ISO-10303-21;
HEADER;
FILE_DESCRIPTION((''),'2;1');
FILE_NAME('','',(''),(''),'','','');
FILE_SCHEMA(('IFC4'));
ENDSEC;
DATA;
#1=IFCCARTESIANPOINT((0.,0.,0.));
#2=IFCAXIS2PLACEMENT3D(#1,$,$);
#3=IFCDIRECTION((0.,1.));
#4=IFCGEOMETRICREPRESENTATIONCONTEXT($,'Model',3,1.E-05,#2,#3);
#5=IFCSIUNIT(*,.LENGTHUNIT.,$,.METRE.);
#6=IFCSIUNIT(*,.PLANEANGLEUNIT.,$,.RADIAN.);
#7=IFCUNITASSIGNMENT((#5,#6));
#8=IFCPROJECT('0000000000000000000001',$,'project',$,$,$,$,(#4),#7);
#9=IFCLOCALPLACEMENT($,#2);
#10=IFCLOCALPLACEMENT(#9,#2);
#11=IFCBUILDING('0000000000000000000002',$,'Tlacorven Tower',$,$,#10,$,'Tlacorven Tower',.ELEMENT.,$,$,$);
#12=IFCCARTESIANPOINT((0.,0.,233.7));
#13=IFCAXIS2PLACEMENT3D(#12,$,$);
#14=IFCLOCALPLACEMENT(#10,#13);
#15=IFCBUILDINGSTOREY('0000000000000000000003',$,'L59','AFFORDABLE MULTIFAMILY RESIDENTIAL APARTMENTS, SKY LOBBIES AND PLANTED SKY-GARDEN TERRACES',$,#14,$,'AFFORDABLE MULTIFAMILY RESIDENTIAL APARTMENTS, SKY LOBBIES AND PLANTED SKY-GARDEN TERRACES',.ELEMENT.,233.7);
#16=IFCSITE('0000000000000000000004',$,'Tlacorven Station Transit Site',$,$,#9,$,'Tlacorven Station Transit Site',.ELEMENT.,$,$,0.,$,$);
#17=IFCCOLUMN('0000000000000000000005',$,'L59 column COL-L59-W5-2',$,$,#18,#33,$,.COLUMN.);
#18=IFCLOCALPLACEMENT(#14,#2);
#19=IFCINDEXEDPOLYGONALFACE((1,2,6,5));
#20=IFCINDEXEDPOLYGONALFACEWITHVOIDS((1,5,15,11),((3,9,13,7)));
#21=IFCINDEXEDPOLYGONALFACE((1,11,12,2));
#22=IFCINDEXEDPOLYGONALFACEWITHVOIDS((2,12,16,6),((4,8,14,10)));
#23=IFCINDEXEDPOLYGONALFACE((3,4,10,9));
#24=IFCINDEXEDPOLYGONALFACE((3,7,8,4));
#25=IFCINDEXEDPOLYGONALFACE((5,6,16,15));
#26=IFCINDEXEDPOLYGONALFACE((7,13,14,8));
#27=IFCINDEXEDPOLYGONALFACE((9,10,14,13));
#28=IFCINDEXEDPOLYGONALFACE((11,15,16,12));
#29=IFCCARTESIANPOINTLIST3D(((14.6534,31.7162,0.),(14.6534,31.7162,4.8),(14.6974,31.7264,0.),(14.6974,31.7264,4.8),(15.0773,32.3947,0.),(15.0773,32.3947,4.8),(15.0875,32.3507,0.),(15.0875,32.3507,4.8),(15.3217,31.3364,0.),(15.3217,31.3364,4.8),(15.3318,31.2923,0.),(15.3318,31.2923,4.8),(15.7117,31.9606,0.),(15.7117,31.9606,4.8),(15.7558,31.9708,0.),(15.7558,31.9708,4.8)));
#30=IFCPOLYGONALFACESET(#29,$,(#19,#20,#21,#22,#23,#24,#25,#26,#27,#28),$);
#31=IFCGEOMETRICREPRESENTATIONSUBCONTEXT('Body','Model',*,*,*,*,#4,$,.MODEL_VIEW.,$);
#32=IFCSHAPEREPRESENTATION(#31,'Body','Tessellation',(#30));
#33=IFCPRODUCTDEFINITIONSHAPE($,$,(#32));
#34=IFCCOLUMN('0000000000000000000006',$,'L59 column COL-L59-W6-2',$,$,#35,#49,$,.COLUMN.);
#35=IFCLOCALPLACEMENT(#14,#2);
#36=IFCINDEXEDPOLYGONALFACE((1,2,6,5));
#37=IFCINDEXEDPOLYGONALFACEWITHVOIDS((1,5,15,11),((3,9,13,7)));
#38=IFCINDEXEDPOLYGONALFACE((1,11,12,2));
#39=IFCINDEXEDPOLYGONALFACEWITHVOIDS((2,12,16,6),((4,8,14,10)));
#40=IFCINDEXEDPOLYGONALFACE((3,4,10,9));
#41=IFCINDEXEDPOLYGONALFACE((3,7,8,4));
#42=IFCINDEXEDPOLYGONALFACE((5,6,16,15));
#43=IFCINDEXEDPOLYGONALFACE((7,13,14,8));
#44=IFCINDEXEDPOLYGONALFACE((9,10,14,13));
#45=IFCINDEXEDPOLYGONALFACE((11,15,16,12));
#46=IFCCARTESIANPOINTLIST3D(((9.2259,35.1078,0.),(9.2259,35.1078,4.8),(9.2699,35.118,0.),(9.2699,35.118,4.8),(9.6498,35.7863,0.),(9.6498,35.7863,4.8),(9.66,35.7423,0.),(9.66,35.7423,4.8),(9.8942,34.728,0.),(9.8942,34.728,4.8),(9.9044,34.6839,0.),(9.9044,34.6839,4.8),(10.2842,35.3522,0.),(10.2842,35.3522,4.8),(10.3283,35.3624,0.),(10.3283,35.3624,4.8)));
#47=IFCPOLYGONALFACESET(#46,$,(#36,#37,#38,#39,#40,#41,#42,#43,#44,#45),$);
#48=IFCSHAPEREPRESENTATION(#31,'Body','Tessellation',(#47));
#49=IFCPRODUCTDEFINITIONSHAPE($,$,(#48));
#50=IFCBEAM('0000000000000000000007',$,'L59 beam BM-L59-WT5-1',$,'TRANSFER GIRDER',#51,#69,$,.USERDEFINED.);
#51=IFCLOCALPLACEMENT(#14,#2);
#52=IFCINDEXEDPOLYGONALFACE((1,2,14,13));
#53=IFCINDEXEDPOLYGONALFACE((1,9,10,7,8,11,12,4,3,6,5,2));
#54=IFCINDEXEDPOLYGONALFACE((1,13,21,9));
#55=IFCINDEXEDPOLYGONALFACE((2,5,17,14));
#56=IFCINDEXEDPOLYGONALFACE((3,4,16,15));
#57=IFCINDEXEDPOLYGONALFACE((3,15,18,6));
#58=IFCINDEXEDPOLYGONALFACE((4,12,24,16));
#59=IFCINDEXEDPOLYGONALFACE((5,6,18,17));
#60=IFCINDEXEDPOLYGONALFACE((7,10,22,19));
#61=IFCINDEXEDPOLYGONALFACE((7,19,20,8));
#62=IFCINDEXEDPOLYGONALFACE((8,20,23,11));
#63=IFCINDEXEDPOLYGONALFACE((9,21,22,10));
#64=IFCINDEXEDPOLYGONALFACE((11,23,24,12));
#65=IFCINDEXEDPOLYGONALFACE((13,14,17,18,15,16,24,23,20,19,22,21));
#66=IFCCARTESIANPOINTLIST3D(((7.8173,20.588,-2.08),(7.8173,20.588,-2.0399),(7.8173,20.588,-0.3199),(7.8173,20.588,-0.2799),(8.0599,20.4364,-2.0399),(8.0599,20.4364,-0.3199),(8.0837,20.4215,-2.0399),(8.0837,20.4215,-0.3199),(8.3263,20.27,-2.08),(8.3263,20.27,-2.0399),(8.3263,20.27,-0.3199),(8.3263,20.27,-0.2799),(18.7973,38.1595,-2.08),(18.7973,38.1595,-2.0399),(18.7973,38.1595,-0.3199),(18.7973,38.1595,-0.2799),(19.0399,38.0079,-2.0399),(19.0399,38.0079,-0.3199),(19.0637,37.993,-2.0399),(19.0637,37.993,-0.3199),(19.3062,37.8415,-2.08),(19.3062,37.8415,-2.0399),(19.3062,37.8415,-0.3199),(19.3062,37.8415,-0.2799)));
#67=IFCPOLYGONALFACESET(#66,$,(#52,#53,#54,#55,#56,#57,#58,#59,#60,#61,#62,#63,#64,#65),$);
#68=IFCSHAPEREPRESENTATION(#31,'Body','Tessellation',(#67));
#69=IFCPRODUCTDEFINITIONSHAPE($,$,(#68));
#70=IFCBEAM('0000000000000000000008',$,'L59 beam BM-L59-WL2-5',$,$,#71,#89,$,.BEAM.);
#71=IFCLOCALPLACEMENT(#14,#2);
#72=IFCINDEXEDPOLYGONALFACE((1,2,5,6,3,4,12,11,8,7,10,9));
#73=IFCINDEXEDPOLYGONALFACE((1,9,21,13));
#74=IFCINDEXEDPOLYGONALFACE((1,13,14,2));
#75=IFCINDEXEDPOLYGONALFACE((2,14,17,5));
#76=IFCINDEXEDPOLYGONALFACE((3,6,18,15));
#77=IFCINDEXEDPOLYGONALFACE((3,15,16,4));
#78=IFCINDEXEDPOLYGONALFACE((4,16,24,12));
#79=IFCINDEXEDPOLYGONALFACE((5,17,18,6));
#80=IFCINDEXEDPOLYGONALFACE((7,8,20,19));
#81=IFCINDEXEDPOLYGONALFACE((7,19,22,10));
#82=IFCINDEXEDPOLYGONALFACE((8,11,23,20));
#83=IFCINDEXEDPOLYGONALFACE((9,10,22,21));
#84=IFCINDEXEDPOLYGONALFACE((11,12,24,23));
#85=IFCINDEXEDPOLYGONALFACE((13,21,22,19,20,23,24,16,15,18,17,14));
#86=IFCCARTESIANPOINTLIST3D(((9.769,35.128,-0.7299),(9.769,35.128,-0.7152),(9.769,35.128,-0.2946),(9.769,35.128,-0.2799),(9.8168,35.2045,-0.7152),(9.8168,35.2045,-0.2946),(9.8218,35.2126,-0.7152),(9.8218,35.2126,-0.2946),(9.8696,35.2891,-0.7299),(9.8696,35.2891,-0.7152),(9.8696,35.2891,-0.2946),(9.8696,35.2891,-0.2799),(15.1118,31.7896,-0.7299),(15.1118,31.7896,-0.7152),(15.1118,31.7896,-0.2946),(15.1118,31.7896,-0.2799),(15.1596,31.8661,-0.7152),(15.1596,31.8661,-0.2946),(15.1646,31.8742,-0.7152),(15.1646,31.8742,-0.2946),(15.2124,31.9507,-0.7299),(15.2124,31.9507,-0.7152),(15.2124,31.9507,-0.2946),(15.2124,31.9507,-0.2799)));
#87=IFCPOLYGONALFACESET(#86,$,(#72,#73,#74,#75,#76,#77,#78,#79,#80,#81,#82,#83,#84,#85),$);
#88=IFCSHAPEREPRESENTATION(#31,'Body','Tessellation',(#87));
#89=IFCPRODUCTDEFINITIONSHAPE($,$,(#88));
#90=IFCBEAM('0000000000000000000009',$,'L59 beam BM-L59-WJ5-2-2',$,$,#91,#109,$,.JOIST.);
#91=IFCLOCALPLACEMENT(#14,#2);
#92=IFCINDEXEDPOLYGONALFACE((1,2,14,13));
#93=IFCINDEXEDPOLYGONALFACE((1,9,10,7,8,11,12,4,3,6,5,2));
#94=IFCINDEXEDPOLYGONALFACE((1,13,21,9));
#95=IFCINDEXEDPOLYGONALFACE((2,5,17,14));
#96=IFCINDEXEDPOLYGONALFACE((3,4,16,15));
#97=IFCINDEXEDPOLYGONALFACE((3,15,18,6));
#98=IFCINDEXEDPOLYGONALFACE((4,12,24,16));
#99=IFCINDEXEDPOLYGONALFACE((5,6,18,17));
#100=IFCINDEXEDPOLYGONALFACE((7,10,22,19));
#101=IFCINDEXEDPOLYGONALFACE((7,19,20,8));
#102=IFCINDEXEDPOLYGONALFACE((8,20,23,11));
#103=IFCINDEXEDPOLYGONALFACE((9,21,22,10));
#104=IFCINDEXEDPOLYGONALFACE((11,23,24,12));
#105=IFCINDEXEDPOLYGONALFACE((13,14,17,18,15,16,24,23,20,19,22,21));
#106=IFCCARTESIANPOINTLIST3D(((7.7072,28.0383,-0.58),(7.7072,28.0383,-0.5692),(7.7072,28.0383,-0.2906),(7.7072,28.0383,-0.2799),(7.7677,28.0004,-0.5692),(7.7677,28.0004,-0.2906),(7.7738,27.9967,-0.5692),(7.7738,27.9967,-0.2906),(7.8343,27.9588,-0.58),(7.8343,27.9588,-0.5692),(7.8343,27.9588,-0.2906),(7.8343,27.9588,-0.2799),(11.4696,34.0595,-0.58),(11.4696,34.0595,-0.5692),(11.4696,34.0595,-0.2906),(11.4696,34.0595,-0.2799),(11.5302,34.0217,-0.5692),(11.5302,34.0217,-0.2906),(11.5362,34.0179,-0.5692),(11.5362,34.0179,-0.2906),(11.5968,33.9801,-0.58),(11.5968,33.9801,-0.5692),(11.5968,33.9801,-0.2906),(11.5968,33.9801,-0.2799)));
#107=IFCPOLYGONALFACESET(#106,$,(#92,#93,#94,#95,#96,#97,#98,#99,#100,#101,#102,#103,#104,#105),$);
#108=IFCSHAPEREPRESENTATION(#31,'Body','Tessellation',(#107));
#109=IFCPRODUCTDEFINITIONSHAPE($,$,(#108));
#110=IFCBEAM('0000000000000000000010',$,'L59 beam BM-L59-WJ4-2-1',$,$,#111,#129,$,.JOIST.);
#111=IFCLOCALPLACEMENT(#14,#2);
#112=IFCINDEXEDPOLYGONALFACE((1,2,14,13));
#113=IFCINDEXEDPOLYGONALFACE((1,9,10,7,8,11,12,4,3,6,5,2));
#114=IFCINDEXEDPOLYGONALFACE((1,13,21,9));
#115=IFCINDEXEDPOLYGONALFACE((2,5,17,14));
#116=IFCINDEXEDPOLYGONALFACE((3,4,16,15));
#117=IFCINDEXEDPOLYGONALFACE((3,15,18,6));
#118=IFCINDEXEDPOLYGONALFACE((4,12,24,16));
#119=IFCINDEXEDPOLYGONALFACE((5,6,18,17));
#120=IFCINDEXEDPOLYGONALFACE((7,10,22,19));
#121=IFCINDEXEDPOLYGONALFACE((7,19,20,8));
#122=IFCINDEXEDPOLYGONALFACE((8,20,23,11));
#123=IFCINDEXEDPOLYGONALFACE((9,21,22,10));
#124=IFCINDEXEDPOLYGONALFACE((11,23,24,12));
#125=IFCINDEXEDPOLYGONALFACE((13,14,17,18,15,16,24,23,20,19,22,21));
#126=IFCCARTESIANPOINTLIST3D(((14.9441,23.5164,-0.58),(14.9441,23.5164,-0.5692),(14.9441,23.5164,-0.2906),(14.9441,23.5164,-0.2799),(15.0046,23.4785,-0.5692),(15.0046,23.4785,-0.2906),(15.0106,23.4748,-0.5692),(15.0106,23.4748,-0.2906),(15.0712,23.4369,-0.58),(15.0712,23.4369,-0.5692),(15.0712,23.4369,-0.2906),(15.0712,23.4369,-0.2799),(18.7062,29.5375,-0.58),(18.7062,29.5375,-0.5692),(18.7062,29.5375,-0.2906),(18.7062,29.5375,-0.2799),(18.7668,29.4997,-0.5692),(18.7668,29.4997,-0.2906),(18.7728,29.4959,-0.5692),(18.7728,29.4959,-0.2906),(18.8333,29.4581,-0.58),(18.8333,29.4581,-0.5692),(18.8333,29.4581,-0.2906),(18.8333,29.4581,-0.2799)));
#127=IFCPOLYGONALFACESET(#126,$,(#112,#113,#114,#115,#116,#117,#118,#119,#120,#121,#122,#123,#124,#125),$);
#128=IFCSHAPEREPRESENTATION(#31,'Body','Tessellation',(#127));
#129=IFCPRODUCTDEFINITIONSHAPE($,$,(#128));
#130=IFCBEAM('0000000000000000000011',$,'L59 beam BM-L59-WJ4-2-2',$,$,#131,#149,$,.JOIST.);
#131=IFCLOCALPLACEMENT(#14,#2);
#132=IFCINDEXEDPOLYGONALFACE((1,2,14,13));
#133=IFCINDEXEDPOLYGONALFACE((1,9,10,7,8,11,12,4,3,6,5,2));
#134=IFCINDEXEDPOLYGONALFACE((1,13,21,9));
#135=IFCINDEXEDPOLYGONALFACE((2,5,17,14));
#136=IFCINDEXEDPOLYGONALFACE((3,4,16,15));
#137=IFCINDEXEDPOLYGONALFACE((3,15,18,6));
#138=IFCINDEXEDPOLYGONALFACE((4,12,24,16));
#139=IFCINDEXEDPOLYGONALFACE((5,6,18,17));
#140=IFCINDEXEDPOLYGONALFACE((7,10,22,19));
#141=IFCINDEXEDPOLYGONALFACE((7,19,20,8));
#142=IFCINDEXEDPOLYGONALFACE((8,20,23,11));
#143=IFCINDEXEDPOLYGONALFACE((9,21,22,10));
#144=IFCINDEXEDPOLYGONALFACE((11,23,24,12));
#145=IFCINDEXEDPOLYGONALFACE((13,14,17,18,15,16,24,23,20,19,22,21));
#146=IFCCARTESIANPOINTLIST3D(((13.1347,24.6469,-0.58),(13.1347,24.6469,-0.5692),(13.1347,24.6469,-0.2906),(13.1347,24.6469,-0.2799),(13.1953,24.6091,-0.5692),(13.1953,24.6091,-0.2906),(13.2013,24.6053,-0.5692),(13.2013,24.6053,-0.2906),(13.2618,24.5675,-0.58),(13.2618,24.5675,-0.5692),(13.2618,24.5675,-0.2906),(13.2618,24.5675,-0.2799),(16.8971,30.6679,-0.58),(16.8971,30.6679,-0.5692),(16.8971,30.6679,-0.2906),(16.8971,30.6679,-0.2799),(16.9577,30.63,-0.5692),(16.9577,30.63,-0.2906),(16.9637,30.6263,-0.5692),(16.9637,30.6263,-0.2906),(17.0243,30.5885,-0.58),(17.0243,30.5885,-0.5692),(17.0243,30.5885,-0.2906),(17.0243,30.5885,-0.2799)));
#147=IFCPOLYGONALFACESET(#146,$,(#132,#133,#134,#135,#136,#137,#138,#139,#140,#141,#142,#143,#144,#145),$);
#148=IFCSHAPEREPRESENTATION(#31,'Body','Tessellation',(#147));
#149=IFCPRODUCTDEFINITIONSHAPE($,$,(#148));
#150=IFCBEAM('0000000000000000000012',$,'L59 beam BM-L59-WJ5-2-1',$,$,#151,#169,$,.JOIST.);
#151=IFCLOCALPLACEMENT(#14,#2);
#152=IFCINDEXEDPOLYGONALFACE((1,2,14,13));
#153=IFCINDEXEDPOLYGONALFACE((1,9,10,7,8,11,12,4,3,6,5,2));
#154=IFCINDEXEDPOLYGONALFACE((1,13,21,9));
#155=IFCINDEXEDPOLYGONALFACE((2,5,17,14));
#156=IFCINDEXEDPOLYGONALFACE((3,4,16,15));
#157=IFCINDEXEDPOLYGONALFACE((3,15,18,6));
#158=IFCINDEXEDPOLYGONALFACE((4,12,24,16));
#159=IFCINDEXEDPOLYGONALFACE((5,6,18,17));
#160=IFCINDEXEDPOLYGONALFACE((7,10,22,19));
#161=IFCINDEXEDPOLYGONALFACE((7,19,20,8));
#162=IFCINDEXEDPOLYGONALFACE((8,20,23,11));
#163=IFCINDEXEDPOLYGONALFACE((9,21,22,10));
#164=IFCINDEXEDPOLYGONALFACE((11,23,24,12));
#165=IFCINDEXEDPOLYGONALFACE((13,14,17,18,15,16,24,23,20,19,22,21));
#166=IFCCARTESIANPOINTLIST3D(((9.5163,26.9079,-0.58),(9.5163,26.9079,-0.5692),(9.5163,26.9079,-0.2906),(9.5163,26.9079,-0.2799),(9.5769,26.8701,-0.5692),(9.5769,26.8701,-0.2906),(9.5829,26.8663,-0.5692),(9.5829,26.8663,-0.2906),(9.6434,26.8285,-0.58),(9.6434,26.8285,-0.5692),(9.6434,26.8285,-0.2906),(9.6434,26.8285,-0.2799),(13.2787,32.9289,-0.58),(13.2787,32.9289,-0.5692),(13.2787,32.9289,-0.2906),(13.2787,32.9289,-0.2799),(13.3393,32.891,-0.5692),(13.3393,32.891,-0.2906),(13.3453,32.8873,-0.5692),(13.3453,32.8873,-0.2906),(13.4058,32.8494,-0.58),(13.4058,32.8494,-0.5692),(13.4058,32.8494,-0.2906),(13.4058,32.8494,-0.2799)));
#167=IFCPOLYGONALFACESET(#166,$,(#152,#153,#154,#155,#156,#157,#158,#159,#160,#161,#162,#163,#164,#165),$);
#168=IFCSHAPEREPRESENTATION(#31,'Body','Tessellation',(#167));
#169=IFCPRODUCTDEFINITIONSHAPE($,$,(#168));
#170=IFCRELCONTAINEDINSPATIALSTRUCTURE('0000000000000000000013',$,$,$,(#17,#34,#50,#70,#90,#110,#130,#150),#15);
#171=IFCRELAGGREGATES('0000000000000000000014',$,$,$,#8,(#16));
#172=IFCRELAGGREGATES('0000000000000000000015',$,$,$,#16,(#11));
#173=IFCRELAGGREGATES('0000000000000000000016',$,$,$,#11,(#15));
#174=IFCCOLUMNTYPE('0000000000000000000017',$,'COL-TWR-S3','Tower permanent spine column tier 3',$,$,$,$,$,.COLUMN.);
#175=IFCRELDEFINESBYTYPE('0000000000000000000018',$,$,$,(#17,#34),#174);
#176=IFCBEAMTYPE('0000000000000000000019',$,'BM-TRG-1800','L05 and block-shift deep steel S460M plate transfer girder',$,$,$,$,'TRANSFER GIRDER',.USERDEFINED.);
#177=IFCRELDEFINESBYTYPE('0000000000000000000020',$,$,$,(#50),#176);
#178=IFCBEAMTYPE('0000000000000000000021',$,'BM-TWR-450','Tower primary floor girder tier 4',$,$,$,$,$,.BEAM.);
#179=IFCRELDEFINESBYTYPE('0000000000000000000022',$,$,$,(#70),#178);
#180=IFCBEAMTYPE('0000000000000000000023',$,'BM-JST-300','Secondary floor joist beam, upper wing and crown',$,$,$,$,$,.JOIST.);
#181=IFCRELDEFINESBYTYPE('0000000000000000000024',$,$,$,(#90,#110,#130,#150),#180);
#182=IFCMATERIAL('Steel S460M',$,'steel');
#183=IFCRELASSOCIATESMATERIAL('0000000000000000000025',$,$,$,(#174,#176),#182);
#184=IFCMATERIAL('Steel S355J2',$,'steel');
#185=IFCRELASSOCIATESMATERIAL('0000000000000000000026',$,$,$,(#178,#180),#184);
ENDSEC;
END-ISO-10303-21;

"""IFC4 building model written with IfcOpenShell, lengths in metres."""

from ifc_helpers import new_model, si_unit, direction, frame, origin, origin_2d, place, context, subcontext, project, spatial, hollow_rectangle, i_section, extrude, source, transform, mapped, material, material_profile, profile_set, type_object, element, save


model = new_model("IFC4")

# Units and contexts
model_context = context("Model", 3, precision=1e-05, world=origin(), true_north=direction((0.0, 1.0)))
body_context = subcontext(model_context, "Body", "Model", "MODEL_VIEW")
ifc_project = project(units=[si_unit("LENGTHUNIT", "METRE"), si_unit("PLANEANGLEUNIT", "RADIAN")], contexts=[model_context])

# Site, building, storey
site_placement = place(None, origin())
site = spatial("IfcSite", under=ifc_project, at=site_placement, Name="Tlacorven Station Transit Site", LongName="Tlacorven Station Transit Site", CompositionType="ELEMENT", RefElevation=0.0)
building_placement = place(site_placement, origin())
building = spatial("IfcBuilding", under=site, at=building_placement, Name="Tlacorven Tower", LongName="Tlacorven Tower", CompositionType="ELEMENT")
storey_placement = place(building_placement, frame((0.0, 0.0, 233.7)))
storey = spatial("IfcBuildingStorey", under=building, at=storey_placement, Name="L59", Description="AFFORDABLE MULTIFAMILY RESIDENTIAL APARTMENTS, SKY LOBBIES AND PLANTED SKY-GARDEN TERRACES", LongName="AFFORDABLE MULTIFAMILY RESIDENTIAL APARTMENTS, SKY LOBBIES AND PLANTED SKY-GARDEN TERRACES", CompositionType="ELEMENT", Elevation=233.7)

# Columns
ifc_material_1 = material(Name="Steel S460M", Category="steel")
ifc_material_profile_1 = material_profile(ifc_material_1, hollow_rectangle(XDim=0.8, YDim=0.8, WallThickness=0.032, at=origin_2d()), Name="BOX 800X800X32")
ifc_profile_set_1 = profile_set([ifc_material_profile_1], Name="Steel S460M")
column_type = type_object("IfcColumnType", Name="COL-TWR-S3", Description="Tower permanent spine column tier 3", PredefinedType="COLUMN", material=ifc_profile_set_1)
shared_shape_1 = source(origin(), body_context, "Body", "SweptSolid", [
    extrude(hollow_rectangle(XDim=0.8, YDim=0.8, WallThickness=0.032, at=origin_2d()), origin(), (0.0, 0.0, 1.0), 4.8),
])
for number, where, z_axis, x_axis, name in (
    (1, (15.2046, 31.8435, 0.0), (0.0, 0.0, 1.0), (-0.848048, 0.529919, 0.0), "L59 column COL-L59-W5-2"),
    (2, (9.7771, 35.2351, 0.0), (0.0, 0.0, 1.0), (-0.848048, 0.529919, 0.0), "L59 column COL-L59-W6-2"),
):
    element("IfcColumn", number, at=place(storey_placement, frame(where, z_axis=z_axis, x_axis=x_axis)), inside=storey, type_object=column_type, Name=name, PredefinedType="COLUMN", context=body_context, shape_type="MappedRepresentation", body=[
        mapped(shared_shape_1, transform((0.0, 0.0, 0.0), scale=1.0)),
    ])

# Beams
ifc_material_profile_2 = material_profile(ifc_material_1, i_section(OverallWidth=0.6001, OverallDepth=1.8, WebThickness=0.0281, FlangeThickness=0.04, at=origin_2d()), Name="PG 1800X600X28X40")
ifc_profile_set_2 = profile_set([ifc_material_profile_2], Name="Steel S460M")
beam_type_1 = type_object("IfcBeamType", Name="BM-TRG-1800", Description="L05 and block-shift deep steel S460M plate transfer girder", ElementType="TRANSFER GIRDER", PredefinedType="USERDEFINED", material=ifc_profile_set_2)
shared_shape_2 = source(origin(), body_context, "Body", "SweptSolid", [
    extrude(i_section(OverallWidth=0.6001, OverallDepth=1.8, WebThickness=0.0281, FlangeThickness=0.04, at=origin_2d()), origin(), (0.0, 0.0, 1.0), 20.72),
])
beam_1_placement = place(storey_placement, frame((19.0518, 38.0005, -1.1799), z_axis=(-0.529922, -0.848047, 0.0), x_axis=(0.848047, -0.529922, 0.0)))
element("IfcBeam", 3, at=beam_1_placement, inside=storey, type_object=beam_type_1, Name="L59 beam BM-L59-WT5-1", ObjectType="TRANSFER GIRDER", PredefinedType="USERDEFINED", context=body_context, shape_type="MappedRepresentation", body=[
    mapped(shared_shape_2, transform((0.0, 0.0, 0.0), scale=1.0)),
])
ifc_material_2 = material(Name="Steel S355J2", Category="steel")
ifc_material_profile_3 = material_profile(ifc_material_2, i_section(OverallWidth=0.1899, OverallDepth=0.45, WebThickness=0.0095, FlangeThickness=0.0146, at=origin_2d()), Name="IPE 450")
ifc_profile_set_3 = profile_set([ifc_material_profile_3], Name="Steel S355J2")
beam_type_2 = type_object("IfcBeamType", Name="BM-TWR-450", Description="Tower primary floor girder tier 4", PredefinedType="BEAM", material=ifc_profile_set_3)
shared_shape_3 = source(origin(), body_context, "Body", "SweptSolid", [
    extrude(i_section(OverallWidth=0.1899, OverallDepth=0.45, WebThickness=0.0095, FlangeThickness=0.0146, at=origin_2d()), origin(), (0.0, 0.0, 1.0), 6.3),
])
beam_2_placement = place(storey_placement, frame((15.1621, 31.8701, -0.5049), z_axis=(-0.848059, 0.529901, 0.0), x_axis=(-0.529901, -0.848059, 0.0)))
element("IfcBeam", 4, at=beam_2_placement, inside=storey, type_object=beam_type_2, Name="L59 beam BM-L59-WL2-5", PredefinedType="BEAM", context=body_context, shape_type="MappedRepresentation", body=[
    mapped(shared_shape_3, transform((0.0, 0.0, 0.0), scale=1.0)),
])
ifc_material_profile_4 = material_profile(ifc_material_2, i_section(OverallWidth=0.1499, OverallDepth=0.3, WebThickness=0.0071, FlangeThickness=0.0107, at=origin_2d()), Name="IPE 300")
ifc_profile_set_4 = profile_set([ifc_material_profile_4], Name="Steel S355J2")
beam_type_3 = type_object("IfcBeamType", Name="BM-JST-300", Description="Secondary floor joist beam, upper wing and crown", PredefinedType="JOIST", material=ifc_profile_set_4)
shared_shape_4 = source(origin(), body_context, "Body", "SweptSolid", [
    extrude(i_section(OverallWidth=0.1499, OverallDepth=0.3, WebThickness=0.0071, FlangeThickness=0.0107, at=origin_2d()), origin(), (0.0, 0.0, 1.0), 7.1001),
])
beam_3_placement = place(storey_placement, frame((11.5332, 34.0198, -0.4299), z_axis=(-0.529915, -0.84805, 0.0), x_axis=(0.84805, -0.529915, 0.0)))
element("IfcBeam", 5, at=beam_3_placement, inside=storey, type_object=beam_type_3, Name="L59 beam BM-L59-WJ5-2-2", PredefinedType="JOIST", context=body_context, shape_type="MappedRepresentation", body=[
    mapped(shared_shape_4, transform((0.0, 0.0, 0.0), scale=1.0)),
])
shared_shape_5 = source(origin(), body_context, "Body", "SweptSolid", [
    extrude(i_section(OverallWidth=0.1499, OverallDepth=0.3, WebThickness=0.0071, FlangeThickness=0.0107, at=origin_2d()), origin(), (0.0, 0.0, 1.0), 7.0999),
])
for number, where, z_axis, x_axis, name in (
    (6, (18.7698, 29.4978, -0.4299), (-0.529891, -0.848066, 0.0), (0.848066, -0.529891, 0.0), "L59 beam BM-L59-WJ4-2-1"),
    (7, (16.9607, 30.6282, -0.4299), (-0.529931, -0.848041, 0.0), (0.848041, -0.529931, 0.0), "L59 beam BM-L59-WJ4-2-2"),
    (8, (13.3423, 32.8892, -0.4299), (-0.529931, -0.848041, 0.0), (0.848041, -0.529931, 0.0), "L59 beam BM-L59-WJ5-2-1"),
):
    element("IfcBeam", number, at=place(storey_placement, frame(where, z_axis=z_axis, x_axis=x_axis)), inside=storey, type_object=beam_type_3, Name=name, PredefinedType="JOIST", context=body_context, shape_type="MappedRepresentation", body=[
        mapped(shared_shape_5, transform((0.0, 0.0, 0.0), scale=1.0)),
    ])

save(model, "model.ifc")
